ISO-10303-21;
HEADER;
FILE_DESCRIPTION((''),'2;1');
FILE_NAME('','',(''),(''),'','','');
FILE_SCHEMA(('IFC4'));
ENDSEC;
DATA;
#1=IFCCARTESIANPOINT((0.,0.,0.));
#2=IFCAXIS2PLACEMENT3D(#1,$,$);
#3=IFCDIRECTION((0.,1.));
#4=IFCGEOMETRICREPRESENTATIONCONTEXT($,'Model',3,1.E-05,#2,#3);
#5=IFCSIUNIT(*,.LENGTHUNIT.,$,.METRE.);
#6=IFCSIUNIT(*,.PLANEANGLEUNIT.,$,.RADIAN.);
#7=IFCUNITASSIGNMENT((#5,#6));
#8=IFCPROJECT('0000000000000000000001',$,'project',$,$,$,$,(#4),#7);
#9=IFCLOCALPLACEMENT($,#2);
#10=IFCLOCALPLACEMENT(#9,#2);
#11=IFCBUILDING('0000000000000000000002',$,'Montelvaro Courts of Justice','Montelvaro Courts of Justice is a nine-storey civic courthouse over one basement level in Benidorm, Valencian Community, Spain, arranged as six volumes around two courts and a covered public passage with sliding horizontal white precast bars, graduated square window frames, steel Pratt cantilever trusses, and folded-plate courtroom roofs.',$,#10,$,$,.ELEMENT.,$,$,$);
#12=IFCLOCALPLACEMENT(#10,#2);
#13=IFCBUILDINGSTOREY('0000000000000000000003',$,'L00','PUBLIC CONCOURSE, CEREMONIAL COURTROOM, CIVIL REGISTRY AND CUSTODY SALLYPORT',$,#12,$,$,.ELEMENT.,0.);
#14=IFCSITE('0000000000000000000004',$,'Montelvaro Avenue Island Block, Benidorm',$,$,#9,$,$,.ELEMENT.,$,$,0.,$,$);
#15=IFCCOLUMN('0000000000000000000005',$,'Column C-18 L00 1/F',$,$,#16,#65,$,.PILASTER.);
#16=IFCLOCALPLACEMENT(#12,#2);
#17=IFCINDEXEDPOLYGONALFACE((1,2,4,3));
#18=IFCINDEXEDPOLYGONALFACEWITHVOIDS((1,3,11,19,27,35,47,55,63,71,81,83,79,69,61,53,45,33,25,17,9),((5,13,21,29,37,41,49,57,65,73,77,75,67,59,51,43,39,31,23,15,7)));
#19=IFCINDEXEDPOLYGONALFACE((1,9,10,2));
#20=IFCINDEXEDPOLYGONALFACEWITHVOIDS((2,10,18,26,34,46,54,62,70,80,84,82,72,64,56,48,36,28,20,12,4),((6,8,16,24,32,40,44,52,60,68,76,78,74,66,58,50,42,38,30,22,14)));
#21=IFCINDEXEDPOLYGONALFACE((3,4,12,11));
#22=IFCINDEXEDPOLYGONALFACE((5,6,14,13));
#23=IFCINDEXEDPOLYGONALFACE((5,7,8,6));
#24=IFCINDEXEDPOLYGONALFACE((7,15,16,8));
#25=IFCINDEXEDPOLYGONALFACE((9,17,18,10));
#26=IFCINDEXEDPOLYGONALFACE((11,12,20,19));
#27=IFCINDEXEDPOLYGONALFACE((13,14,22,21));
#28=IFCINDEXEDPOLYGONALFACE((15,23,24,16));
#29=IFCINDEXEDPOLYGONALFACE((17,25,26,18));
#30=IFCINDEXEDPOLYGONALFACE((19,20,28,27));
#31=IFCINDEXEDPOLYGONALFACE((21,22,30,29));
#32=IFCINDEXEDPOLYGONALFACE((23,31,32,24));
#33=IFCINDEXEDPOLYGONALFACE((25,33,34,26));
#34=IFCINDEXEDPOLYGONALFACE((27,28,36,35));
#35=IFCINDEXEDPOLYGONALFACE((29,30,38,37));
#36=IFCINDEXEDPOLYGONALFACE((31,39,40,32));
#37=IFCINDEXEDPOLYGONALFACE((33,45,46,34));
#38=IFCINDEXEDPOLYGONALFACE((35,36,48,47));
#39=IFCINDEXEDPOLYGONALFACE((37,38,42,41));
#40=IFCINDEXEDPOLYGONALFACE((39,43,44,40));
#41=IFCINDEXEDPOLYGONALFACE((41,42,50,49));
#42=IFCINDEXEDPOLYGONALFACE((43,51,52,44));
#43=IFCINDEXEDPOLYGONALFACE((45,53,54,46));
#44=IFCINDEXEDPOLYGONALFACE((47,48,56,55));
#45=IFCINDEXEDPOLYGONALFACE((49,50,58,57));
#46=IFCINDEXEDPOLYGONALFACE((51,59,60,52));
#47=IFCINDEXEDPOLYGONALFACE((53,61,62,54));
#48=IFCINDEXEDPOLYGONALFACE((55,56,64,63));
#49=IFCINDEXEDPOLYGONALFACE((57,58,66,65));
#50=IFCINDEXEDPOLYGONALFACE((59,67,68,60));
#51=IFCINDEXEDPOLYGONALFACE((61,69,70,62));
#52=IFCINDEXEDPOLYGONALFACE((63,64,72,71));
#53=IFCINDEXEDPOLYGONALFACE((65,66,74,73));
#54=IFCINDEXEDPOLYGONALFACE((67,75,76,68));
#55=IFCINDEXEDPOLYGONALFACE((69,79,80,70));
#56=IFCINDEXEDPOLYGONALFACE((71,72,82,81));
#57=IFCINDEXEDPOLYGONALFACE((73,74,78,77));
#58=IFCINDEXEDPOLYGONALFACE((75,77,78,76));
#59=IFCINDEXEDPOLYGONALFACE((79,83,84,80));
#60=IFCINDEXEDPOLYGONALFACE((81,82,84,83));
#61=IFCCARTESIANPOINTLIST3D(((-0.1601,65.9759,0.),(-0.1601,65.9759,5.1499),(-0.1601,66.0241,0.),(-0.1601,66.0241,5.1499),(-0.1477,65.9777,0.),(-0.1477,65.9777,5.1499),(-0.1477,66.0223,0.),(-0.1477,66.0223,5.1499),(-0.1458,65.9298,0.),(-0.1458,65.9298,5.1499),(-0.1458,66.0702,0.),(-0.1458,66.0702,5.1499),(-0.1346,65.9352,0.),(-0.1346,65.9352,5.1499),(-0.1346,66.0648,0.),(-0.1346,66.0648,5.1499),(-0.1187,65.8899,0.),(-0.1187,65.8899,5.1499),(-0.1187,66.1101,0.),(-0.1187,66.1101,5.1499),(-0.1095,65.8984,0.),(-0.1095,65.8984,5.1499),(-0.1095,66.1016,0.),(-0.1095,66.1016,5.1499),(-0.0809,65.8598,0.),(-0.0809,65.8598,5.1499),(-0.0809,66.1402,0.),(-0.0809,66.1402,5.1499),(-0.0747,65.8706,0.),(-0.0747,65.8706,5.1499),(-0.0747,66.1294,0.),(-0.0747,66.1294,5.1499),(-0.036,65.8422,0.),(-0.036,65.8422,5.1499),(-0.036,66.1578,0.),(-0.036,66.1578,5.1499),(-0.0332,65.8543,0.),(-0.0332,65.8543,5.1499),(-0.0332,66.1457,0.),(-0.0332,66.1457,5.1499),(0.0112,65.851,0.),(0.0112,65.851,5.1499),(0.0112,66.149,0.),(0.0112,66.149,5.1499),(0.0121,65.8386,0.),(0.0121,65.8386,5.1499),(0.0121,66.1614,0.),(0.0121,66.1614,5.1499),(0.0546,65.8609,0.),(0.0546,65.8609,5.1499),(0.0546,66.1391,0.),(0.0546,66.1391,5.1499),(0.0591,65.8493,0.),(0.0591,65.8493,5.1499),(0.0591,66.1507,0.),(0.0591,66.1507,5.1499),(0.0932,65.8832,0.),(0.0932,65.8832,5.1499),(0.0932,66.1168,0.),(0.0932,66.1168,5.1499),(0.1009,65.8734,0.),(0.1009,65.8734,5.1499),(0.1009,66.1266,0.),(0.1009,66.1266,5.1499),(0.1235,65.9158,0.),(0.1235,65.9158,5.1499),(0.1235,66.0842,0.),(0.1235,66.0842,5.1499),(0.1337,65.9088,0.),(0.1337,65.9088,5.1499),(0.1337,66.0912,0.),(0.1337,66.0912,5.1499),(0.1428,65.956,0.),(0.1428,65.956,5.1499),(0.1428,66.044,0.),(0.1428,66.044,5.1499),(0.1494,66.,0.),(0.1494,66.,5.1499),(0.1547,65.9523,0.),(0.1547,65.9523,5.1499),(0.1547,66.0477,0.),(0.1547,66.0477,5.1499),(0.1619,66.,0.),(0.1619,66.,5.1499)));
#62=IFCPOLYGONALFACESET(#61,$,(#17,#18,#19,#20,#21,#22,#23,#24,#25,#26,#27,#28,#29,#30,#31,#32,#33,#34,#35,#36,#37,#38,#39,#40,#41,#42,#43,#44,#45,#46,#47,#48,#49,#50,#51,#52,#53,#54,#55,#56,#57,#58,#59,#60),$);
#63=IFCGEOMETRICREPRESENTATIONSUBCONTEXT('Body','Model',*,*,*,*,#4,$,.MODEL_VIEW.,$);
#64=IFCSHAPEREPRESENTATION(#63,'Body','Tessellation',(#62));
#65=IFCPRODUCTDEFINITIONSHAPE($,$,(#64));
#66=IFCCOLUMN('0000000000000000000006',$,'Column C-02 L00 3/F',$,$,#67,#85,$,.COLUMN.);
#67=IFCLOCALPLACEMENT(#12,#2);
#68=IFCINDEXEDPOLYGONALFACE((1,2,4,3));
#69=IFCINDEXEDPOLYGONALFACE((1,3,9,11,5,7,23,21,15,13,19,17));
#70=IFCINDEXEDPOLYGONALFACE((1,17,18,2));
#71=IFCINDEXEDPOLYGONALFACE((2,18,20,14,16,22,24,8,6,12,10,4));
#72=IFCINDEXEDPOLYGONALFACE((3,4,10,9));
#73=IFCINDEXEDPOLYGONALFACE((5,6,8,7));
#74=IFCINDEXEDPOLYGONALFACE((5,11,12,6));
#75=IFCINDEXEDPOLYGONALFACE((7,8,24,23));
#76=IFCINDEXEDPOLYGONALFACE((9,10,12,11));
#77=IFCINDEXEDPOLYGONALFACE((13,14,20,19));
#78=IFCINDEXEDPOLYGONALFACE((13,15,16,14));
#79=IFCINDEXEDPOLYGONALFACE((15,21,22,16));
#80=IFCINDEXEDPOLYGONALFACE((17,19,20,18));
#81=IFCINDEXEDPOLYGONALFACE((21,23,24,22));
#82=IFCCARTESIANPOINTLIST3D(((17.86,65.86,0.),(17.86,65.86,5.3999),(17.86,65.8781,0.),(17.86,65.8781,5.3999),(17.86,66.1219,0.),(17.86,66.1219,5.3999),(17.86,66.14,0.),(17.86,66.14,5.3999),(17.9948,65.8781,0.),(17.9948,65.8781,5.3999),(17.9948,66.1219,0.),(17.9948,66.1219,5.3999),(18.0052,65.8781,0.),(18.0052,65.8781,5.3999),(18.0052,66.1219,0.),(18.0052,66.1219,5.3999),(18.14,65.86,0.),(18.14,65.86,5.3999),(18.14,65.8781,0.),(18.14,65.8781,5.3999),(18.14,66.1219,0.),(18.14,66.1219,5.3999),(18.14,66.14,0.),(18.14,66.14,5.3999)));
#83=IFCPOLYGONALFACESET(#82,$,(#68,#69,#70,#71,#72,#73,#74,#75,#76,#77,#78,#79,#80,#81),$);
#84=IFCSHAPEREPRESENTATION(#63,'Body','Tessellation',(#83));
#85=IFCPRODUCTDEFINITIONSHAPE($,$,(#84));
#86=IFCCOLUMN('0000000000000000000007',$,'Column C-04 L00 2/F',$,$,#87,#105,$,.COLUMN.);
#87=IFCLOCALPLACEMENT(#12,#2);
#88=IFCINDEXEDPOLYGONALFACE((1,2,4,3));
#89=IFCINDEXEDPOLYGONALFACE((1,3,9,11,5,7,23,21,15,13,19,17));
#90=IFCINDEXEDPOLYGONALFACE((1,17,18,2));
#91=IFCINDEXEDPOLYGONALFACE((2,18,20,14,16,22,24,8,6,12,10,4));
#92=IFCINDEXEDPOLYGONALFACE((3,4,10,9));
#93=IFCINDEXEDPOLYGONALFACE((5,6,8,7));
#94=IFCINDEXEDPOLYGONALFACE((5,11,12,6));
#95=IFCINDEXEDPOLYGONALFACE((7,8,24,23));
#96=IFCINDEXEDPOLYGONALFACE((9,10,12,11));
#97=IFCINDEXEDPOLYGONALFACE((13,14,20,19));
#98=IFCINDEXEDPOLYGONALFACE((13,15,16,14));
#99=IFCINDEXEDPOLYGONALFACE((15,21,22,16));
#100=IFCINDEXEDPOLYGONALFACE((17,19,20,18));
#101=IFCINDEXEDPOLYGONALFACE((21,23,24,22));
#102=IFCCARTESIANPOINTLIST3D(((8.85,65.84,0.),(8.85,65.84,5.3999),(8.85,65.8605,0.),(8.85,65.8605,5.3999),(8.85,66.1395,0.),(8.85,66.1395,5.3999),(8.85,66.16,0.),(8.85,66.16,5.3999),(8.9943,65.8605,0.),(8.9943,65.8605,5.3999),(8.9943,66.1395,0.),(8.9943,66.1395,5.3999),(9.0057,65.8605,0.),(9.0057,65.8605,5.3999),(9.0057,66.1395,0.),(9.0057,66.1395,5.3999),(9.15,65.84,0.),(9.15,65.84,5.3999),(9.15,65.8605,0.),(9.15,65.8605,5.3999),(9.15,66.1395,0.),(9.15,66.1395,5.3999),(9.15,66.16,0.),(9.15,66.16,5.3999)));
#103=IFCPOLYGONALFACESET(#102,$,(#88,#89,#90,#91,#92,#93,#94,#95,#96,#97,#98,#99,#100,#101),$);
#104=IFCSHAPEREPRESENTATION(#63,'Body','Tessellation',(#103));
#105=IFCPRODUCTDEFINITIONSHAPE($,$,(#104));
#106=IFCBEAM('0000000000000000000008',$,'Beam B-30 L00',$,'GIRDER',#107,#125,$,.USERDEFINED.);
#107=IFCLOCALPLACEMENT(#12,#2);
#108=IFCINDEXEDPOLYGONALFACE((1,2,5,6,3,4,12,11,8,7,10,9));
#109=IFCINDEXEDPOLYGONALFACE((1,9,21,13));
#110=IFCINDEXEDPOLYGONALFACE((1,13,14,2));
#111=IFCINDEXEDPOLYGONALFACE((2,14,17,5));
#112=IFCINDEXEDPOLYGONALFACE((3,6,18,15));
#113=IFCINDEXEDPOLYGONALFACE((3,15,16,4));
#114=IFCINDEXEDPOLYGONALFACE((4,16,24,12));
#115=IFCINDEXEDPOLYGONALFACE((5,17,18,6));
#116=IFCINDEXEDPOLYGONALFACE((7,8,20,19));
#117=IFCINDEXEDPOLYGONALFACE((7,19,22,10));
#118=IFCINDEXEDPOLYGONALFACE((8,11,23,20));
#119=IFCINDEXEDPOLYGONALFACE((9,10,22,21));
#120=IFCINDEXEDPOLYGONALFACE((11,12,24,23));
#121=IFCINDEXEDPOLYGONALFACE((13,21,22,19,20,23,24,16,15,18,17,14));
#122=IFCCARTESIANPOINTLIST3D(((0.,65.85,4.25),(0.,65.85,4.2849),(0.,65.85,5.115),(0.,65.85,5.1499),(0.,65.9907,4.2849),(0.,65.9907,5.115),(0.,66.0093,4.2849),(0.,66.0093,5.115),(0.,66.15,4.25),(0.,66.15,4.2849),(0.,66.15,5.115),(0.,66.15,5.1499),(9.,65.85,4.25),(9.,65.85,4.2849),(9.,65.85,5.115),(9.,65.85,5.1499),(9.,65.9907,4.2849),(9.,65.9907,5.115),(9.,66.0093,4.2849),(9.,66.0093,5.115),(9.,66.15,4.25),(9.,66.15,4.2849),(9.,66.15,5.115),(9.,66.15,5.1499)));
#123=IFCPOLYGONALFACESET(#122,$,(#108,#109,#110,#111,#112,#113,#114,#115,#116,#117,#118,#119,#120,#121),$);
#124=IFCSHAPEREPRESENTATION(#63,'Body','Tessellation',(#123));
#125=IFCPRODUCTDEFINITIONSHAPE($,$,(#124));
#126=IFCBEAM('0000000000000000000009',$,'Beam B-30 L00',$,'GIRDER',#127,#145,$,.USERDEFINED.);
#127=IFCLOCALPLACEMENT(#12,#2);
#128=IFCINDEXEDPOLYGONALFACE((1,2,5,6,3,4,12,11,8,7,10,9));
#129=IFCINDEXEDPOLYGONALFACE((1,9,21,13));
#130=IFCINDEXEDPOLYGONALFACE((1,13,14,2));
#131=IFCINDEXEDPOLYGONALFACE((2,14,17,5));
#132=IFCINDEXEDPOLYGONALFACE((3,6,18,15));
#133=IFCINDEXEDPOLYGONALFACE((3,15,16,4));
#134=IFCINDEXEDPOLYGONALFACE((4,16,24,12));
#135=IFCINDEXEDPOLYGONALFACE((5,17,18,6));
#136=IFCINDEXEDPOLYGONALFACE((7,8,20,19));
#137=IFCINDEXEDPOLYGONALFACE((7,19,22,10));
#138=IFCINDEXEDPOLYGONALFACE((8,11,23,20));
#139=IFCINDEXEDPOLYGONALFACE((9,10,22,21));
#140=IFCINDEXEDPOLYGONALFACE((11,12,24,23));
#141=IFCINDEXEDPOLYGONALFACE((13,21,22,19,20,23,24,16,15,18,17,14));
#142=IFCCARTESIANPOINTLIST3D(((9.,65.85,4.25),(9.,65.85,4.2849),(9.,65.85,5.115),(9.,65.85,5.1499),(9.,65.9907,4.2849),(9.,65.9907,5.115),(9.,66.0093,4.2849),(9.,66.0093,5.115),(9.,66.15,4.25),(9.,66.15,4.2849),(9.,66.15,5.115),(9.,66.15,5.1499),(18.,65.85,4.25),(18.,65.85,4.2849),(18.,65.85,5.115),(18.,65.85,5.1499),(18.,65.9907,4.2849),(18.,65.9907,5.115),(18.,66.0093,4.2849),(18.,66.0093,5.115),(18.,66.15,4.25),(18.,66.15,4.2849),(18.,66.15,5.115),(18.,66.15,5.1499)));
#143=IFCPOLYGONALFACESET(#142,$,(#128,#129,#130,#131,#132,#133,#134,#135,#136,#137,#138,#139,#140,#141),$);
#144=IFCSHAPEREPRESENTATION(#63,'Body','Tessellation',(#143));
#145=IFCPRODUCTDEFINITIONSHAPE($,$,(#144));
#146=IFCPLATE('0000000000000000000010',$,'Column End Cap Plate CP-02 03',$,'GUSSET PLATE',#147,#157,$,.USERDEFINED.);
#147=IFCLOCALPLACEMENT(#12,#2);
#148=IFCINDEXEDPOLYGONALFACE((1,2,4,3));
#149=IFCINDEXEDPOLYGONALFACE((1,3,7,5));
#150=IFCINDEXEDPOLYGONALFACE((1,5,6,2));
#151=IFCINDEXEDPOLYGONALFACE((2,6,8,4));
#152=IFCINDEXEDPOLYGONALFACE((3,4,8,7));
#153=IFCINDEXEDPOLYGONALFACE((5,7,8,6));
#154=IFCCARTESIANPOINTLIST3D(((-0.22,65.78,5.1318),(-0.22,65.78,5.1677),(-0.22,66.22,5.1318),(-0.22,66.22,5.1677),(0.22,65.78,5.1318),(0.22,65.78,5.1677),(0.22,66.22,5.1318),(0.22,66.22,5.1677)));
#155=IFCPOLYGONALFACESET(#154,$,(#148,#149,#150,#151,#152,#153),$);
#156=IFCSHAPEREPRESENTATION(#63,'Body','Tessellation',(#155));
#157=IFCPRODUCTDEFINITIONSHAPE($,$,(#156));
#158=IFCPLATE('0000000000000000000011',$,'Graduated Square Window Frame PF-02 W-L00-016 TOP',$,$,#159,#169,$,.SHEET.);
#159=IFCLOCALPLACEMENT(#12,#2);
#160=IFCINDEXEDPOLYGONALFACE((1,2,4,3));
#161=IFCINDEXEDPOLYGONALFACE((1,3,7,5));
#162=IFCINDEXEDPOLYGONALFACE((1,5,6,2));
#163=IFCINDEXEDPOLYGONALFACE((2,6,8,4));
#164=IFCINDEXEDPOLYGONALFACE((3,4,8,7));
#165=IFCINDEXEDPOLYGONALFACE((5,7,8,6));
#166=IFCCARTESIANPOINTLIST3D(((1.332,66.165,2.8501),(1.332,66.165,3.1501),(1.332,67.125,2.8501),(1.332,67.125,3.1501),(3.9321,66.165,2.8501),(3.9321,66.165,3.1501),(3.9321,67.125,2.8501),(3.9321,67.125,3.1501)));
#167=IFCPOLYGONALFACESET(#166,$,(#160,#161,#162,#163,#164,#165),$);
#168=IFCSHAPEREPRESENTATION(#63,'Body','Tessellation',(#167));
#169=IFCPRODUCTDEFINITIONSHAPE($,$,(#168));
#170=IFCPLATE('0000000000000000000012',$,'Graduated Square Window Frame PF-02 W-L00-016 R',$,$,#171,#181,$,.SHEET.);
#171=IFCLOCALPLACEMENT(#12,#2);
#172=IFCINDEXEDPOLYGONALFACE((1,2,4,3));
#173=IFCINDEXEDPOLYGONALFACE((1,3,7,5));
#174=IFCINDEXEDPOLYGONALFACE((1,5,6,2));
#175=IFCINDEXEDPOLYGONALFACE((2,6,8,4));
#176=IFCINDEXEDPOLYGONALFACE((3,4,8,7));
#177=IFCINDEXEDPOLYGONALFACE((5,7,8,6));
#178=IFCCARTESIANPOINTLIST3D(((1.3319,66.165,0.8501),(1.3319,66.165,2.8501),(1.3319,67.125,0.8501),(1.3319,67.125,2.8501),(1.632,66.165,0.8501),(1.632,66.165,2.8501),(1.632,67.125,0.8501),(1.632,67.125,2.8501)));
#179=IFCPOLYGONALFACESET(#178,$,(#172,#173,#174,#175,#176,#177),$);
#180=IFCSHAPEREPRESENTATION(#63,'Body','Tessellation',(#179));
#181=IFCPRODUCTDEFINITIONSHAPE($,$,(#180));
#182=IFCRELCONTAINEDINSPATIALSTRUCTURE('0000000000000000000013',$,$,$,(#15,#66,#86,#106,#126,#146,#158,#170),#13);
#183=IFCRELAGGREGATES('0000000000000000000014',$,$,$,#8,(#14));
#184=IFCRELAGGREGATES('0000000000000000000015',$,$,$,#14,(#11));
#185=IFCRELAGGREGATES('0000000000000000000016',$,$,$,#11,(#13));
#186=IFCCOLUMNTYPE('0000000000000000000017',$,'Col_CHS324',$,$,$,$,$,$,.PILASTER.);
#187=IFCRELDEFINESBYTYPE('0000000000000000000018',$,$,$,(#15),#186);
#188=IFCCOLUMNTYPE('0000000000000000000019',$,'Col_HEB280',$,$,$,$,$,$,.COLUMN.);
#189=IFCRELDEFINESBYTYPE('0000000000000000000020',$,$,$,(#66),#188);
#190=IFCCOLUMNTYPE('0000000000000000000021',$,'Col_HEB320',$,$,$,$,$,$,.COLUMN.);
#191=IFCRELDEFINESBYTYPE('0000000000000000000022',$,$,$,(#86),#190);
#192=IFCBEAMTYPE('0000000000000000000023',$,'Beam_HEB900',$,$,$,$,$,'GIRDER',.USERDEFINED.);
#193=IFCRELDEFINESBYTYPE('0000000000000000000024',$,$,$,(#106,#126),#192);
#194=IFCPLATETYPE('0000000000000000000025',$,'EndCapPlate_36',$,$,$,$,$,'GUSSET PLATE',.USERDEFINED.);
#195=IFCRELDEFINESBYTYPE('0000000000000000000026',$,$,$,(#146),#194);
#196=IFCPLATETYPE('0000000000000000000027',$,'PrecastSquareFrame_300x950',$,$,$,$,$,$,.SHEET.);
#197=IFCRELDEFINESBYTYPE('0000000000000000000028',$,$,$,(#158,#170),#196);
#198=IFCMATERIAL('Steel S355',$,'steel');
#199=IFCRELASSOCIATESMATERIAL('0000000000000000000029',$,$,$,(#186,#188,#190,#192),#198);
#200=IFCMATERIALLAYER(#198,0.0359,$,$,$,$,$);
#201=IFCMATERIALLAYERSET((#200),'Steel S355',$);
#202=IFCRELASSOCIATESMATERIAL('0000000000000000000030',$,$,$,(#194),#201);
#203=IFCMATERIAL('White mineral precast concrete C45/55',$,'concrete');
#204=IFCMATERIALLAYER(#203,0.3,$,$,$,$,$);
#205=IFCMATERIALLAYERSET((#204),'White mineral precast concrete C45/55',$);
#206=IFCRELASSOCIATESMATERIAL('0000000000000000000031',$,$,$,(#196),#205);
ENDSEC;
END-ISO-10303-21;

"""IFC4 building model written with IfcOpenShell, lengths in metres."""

from ifc_helpers import new_model, si_unit, direction, frame, origin, origin_2d, place, context, subcontext, project, spatial, rectangle, hollow_circle, i_section, extrude, material, layer, layer_set, material_profile, profile_set, type_object, element, save


model = new_model("IFC4")

# Units and contexts
model_context = context("Model", 3, precision=1e-05, world=origin(), true_north=direction((0.0, 1.0)))
body_context = subcontext(model_context, "Body", "Model", "MODEL_VIEW")
ifc_project = project(units=[si_unit("LENGTHUNIT", "METRE"), si_unit("PLANEANGLEUNIT", "RADIAN")], contexts=[model_context])

# Site, building, storey
site_placement = place(None, origin())
site = spatial("IfcSite", under=ifc_project, at=site_placement, Name="Montelvaro Avenue Island Block, Benidorm", CompositionType="ELEMENT", RefElevation=0.0)
building_placement = place(site_placement, origin())
building = spatial("IfcBuilding", under=site, at=building_placement, Name="Montelvaro Courts of Justice", Description="Montelvaro Courts of Justice is a nine-storey civic courthouse over one basement level in Benidorm, Valencian Community, Spain, arranged as six volumes around two courts and a covered public passage with sliding horizontal white precast bars, graduated square window frames, steel Pratt cantilever trusses, and folded-plate courtroom roofs.", CompositionType="ELEMENT")
storey_placement = place(building_placement, origin())
storey = spatial("IfcBuildingStorey", under=building, at=storey_placement, Name="L00", Description="PUBLIC CONCOURSE, CEREMONIAL COURTROOM, CIVIL REGISTRY AND CUSTODY SALLYPORT", CompositionType="ELEMENT", Elevation=0.0)

# Columns
ifc_material_1 = material(Name="Steel S355", Category="steel")
ifc_material_profile_1 = material_profile(ifc_material_1, hollow_circle(Radius=0.1619, WallThickness=0.0125, at=origin_2d()), Name="CHS 323.9x12.5")
ifc_profile_set_1 = profile_set([ifc_material_profile_1], Name="Steel S355")
column_type_1 = type_object("IfcColumnType", Name="Col_CHS324", PredefinedType="PILASTER", material=ifc_profile_set_1)
column_1_placement = place(storey_placement, frame((0.0, 66.0, 0.0), z_axis=(0.0, 0.0, 1.0), x_axis=(1.0, 0.0, 0.0)))
element("IfcColumn", 1, at=column_1_placement, inside=storey, type_object=column_type_1, Name="Column C-18 L00 1/F", PredefinedType="PILASTER", context=body_context, shape_type="SweptSolid", body=[
    extrude(hollow_circle(Radius=0.1619, WallThickness=0.0125, at=origin_2d()), origin(), (0.0, 0.0, 1.0), 5.1499),
])
ifc_material_profile_2 = material_profile(ifc_material_1, i_section(OverallWidth=0.28, OverallDepth=0.28, WebThickness=0.0105, FlangeThickness=0.0181, at=origin_2d()), Name="HEB 280")
ifc_profile_set_2 = profile_set([ifc_material_profile_2], Name="Steel S355")
column_type_2 = type_object("IfcColumnType", Name="Col_HEB280", PredefinedType="COLUMN", material=ifc_profile_set_2)
column_2_placement = place(storey_placement, frame((18.0, 66.0, 0.0), z_axis=(0.0, 0.0, 1.0), x_axis=(1.0, 0.0, 0.0)))
element("IfcColumn", 2, at=column_2_placement, inside=storey, type_object=column_type_2, Name="Column C-02 L00 3/F", PredefinedType="COLUMN", context=body_context, shape_type="SweptSolid", body=[
    extrude(i_section(OverallWidth=0.28, OverallDepth=0.28, WebThickness=0.0105, FlangeThickness=0.0181, at=origin_2d()), origin(), (0.0, 0.0, 1.0), 5.3999),
])
ifc_material_profile_3 = material_profile(ifc_material_1, i_section(OverallWidth=0.3, OverallDepth=0.3201, WebThickness=0.0115, FlangeThickness=0.0205, at=origin_2d()), Name="HEB 320")
ifc_profile_set_3 = profile_set([ifc_material_profile_3], Name="Steel S355")
column_type_3 = type_object("IfcColumnType", Name="Col_HEB320", PredefinedType="COLUMN", material=ifc_profile_set_3)
column_3_placement = place(storey_placement, frame((9.0, 66.0, 0.0), z_axis=(0.0, 0.0, 1.0), x_axis=(1.0, 0.0, 0.0)))
element("IfcColumn", 3, at=column_3_placement, inside=storey, type_object=column_type_3, Name="Column C-04 L00 2/F", PredefinedType="COLUMN", context=body_context, shape_type="SweptSolid", body=[
    extrude(i_section(OverallWidth=0.3, OverallDepth=0.3201, WebThickness=0.0115, FlangeThickness=0.0205, at=origin_2d()), origin(), (0.0, 0.0, 1.0), 5.3999),
])

# Beams
ifc_material_profile_4 = material_profile(ifc_material_1, i_section(OverallWidth=0.3, OverallDepth=0.8999, WebThickness=0.0186, FlangeThickness=0.0349, at=origin_2d()), Name="HEB 900")
ifc_profile_set_4 = profile_set([ifc_material_profile_4], Name="Steel S355")
beam_type = type_object("IfcBeamType", Name="Beam_HEB900", ElementType="GIRDER", PredefinedType="USERDEFINED", material=ifc_profile_set_4)
for number, where, z_axis, x_axis, name in (
    (4, (0.0, 66.0, 4.7), (1.0, 0.0, 0.0), (0.0, 1.0, 0.0), "Beam B-30 L00"),
    (5, (9.0, 66.0, 4.7), (1.0, 0.0, 0.0), (0.0, 1.0, 0.0), "Beam B-30 L00"),
):
    element("IfcBeam", number, at=place(storey_placement, frame(where, z_axis=z_axis, x_axis=x_axis)), inside=storey, type_object=beam_type, Name=name, ObjectType="GIRDER", PredefinedType="USERDEFINED", context=body_context, shape_type="SweptSolid", body=[
        extrude(i_section(OverallWidth=0.3, OverallDepth=0.8999, WebThickness=0.0186, FlangeThickness=0.0349, at=origin_2d()), origin(), (0.0, 0.0, 1.0), 9.0),
    ])

# Plates
ifc_layer_1 = layer(ifc_material_1, 0.0359)
ifc_layer_set_1 = layer_set([ifc_layer_1], Name="Steel S355")
plate_type_1 = type_object("IfcPlateType", Name="EndCapPlate_36", ElementType="GUSSET PLATE", PredefinedType="USERDEFINED", material=ifc_layer_set_1)
plate_1_placement = place(storey_placement, frame((0.0, 66.0, 5.1318), z_axis=(0.0, 0.0, 1.0), x_axis=(1.0, 0.0, 0.0)))
element("IfcPlate", 6, at=plate_1_placement, inside=storey, type_object=plate_type_1, Name="Column End Cap Plate CP-02 03", ObjectType="GUSSET PLATE", PredefinedType="USERDEFINED", context=body_context, shape_type="SweptSolid", body=[
    extrude(rectangle(XDim=0.4399, YDim=0.4399, at=origin_2d()), origin(), (0.0, 0.0, 1.0), 0.0359),
])
ifc_material_2 = material(Name="White mineral precast concrete C45/55", Category="concrete")
ifc_layer_2 = layer(ifc_material_2, 0.3)
ifc_layer_set_2 = layer_set([ifc_layer_2], Name="White mineral precast concrete C45/55")
plate_type_2 = type_object("IfcPlateType", Name="PrecastSquareFrame_300x950", PredefinedType="SHEET", material=ifc_layer_set_2)
plate_2_placement = place(storey_placement, frame((2.6321, 66.645, 2.8501), z_axis=(0.0, 0.0, 1.0), x_axis=(-1.0, 0.0, 0.0)))
element("IfcPlate", 7, at=plate_2_placement, inside=storey, type_object=plate_type_2, Name="Graduated Square Window Frame PF-02 W-L00-016 TOP", PredefinedType="SHEET", context=body_context, shape_type="SweptSolid", body=[
    extrude(rectangle(XDim=2.6001, YDim=0.96, at=origin_2d()), origin(), (0.0, 0.0, 1.0), 0.3),
])
plate_3_placement = place(storey_placement, frame((1.4819, 66.645, 0.8501), z_axis=(0.0, 0.0, 1.0), x_axis=(-1.0, 0.0, 0.0)))
element("IfcPlate", 8, at=plate_3_placement, inside=storey, type_object=plate_type_2, Name="Graduated Square Window Frame PF-02 W-L00-016 R", PredefinedType="SHEET", context=body_context, shape_type="SweptSolid", body=[
    extrude(rectangle(XDim=0.3, YDim=0.96, at=origin_2d()), origin(), (0.0, 0.0, 1.0), 2.0),
])

save(model, "model.ifc")
